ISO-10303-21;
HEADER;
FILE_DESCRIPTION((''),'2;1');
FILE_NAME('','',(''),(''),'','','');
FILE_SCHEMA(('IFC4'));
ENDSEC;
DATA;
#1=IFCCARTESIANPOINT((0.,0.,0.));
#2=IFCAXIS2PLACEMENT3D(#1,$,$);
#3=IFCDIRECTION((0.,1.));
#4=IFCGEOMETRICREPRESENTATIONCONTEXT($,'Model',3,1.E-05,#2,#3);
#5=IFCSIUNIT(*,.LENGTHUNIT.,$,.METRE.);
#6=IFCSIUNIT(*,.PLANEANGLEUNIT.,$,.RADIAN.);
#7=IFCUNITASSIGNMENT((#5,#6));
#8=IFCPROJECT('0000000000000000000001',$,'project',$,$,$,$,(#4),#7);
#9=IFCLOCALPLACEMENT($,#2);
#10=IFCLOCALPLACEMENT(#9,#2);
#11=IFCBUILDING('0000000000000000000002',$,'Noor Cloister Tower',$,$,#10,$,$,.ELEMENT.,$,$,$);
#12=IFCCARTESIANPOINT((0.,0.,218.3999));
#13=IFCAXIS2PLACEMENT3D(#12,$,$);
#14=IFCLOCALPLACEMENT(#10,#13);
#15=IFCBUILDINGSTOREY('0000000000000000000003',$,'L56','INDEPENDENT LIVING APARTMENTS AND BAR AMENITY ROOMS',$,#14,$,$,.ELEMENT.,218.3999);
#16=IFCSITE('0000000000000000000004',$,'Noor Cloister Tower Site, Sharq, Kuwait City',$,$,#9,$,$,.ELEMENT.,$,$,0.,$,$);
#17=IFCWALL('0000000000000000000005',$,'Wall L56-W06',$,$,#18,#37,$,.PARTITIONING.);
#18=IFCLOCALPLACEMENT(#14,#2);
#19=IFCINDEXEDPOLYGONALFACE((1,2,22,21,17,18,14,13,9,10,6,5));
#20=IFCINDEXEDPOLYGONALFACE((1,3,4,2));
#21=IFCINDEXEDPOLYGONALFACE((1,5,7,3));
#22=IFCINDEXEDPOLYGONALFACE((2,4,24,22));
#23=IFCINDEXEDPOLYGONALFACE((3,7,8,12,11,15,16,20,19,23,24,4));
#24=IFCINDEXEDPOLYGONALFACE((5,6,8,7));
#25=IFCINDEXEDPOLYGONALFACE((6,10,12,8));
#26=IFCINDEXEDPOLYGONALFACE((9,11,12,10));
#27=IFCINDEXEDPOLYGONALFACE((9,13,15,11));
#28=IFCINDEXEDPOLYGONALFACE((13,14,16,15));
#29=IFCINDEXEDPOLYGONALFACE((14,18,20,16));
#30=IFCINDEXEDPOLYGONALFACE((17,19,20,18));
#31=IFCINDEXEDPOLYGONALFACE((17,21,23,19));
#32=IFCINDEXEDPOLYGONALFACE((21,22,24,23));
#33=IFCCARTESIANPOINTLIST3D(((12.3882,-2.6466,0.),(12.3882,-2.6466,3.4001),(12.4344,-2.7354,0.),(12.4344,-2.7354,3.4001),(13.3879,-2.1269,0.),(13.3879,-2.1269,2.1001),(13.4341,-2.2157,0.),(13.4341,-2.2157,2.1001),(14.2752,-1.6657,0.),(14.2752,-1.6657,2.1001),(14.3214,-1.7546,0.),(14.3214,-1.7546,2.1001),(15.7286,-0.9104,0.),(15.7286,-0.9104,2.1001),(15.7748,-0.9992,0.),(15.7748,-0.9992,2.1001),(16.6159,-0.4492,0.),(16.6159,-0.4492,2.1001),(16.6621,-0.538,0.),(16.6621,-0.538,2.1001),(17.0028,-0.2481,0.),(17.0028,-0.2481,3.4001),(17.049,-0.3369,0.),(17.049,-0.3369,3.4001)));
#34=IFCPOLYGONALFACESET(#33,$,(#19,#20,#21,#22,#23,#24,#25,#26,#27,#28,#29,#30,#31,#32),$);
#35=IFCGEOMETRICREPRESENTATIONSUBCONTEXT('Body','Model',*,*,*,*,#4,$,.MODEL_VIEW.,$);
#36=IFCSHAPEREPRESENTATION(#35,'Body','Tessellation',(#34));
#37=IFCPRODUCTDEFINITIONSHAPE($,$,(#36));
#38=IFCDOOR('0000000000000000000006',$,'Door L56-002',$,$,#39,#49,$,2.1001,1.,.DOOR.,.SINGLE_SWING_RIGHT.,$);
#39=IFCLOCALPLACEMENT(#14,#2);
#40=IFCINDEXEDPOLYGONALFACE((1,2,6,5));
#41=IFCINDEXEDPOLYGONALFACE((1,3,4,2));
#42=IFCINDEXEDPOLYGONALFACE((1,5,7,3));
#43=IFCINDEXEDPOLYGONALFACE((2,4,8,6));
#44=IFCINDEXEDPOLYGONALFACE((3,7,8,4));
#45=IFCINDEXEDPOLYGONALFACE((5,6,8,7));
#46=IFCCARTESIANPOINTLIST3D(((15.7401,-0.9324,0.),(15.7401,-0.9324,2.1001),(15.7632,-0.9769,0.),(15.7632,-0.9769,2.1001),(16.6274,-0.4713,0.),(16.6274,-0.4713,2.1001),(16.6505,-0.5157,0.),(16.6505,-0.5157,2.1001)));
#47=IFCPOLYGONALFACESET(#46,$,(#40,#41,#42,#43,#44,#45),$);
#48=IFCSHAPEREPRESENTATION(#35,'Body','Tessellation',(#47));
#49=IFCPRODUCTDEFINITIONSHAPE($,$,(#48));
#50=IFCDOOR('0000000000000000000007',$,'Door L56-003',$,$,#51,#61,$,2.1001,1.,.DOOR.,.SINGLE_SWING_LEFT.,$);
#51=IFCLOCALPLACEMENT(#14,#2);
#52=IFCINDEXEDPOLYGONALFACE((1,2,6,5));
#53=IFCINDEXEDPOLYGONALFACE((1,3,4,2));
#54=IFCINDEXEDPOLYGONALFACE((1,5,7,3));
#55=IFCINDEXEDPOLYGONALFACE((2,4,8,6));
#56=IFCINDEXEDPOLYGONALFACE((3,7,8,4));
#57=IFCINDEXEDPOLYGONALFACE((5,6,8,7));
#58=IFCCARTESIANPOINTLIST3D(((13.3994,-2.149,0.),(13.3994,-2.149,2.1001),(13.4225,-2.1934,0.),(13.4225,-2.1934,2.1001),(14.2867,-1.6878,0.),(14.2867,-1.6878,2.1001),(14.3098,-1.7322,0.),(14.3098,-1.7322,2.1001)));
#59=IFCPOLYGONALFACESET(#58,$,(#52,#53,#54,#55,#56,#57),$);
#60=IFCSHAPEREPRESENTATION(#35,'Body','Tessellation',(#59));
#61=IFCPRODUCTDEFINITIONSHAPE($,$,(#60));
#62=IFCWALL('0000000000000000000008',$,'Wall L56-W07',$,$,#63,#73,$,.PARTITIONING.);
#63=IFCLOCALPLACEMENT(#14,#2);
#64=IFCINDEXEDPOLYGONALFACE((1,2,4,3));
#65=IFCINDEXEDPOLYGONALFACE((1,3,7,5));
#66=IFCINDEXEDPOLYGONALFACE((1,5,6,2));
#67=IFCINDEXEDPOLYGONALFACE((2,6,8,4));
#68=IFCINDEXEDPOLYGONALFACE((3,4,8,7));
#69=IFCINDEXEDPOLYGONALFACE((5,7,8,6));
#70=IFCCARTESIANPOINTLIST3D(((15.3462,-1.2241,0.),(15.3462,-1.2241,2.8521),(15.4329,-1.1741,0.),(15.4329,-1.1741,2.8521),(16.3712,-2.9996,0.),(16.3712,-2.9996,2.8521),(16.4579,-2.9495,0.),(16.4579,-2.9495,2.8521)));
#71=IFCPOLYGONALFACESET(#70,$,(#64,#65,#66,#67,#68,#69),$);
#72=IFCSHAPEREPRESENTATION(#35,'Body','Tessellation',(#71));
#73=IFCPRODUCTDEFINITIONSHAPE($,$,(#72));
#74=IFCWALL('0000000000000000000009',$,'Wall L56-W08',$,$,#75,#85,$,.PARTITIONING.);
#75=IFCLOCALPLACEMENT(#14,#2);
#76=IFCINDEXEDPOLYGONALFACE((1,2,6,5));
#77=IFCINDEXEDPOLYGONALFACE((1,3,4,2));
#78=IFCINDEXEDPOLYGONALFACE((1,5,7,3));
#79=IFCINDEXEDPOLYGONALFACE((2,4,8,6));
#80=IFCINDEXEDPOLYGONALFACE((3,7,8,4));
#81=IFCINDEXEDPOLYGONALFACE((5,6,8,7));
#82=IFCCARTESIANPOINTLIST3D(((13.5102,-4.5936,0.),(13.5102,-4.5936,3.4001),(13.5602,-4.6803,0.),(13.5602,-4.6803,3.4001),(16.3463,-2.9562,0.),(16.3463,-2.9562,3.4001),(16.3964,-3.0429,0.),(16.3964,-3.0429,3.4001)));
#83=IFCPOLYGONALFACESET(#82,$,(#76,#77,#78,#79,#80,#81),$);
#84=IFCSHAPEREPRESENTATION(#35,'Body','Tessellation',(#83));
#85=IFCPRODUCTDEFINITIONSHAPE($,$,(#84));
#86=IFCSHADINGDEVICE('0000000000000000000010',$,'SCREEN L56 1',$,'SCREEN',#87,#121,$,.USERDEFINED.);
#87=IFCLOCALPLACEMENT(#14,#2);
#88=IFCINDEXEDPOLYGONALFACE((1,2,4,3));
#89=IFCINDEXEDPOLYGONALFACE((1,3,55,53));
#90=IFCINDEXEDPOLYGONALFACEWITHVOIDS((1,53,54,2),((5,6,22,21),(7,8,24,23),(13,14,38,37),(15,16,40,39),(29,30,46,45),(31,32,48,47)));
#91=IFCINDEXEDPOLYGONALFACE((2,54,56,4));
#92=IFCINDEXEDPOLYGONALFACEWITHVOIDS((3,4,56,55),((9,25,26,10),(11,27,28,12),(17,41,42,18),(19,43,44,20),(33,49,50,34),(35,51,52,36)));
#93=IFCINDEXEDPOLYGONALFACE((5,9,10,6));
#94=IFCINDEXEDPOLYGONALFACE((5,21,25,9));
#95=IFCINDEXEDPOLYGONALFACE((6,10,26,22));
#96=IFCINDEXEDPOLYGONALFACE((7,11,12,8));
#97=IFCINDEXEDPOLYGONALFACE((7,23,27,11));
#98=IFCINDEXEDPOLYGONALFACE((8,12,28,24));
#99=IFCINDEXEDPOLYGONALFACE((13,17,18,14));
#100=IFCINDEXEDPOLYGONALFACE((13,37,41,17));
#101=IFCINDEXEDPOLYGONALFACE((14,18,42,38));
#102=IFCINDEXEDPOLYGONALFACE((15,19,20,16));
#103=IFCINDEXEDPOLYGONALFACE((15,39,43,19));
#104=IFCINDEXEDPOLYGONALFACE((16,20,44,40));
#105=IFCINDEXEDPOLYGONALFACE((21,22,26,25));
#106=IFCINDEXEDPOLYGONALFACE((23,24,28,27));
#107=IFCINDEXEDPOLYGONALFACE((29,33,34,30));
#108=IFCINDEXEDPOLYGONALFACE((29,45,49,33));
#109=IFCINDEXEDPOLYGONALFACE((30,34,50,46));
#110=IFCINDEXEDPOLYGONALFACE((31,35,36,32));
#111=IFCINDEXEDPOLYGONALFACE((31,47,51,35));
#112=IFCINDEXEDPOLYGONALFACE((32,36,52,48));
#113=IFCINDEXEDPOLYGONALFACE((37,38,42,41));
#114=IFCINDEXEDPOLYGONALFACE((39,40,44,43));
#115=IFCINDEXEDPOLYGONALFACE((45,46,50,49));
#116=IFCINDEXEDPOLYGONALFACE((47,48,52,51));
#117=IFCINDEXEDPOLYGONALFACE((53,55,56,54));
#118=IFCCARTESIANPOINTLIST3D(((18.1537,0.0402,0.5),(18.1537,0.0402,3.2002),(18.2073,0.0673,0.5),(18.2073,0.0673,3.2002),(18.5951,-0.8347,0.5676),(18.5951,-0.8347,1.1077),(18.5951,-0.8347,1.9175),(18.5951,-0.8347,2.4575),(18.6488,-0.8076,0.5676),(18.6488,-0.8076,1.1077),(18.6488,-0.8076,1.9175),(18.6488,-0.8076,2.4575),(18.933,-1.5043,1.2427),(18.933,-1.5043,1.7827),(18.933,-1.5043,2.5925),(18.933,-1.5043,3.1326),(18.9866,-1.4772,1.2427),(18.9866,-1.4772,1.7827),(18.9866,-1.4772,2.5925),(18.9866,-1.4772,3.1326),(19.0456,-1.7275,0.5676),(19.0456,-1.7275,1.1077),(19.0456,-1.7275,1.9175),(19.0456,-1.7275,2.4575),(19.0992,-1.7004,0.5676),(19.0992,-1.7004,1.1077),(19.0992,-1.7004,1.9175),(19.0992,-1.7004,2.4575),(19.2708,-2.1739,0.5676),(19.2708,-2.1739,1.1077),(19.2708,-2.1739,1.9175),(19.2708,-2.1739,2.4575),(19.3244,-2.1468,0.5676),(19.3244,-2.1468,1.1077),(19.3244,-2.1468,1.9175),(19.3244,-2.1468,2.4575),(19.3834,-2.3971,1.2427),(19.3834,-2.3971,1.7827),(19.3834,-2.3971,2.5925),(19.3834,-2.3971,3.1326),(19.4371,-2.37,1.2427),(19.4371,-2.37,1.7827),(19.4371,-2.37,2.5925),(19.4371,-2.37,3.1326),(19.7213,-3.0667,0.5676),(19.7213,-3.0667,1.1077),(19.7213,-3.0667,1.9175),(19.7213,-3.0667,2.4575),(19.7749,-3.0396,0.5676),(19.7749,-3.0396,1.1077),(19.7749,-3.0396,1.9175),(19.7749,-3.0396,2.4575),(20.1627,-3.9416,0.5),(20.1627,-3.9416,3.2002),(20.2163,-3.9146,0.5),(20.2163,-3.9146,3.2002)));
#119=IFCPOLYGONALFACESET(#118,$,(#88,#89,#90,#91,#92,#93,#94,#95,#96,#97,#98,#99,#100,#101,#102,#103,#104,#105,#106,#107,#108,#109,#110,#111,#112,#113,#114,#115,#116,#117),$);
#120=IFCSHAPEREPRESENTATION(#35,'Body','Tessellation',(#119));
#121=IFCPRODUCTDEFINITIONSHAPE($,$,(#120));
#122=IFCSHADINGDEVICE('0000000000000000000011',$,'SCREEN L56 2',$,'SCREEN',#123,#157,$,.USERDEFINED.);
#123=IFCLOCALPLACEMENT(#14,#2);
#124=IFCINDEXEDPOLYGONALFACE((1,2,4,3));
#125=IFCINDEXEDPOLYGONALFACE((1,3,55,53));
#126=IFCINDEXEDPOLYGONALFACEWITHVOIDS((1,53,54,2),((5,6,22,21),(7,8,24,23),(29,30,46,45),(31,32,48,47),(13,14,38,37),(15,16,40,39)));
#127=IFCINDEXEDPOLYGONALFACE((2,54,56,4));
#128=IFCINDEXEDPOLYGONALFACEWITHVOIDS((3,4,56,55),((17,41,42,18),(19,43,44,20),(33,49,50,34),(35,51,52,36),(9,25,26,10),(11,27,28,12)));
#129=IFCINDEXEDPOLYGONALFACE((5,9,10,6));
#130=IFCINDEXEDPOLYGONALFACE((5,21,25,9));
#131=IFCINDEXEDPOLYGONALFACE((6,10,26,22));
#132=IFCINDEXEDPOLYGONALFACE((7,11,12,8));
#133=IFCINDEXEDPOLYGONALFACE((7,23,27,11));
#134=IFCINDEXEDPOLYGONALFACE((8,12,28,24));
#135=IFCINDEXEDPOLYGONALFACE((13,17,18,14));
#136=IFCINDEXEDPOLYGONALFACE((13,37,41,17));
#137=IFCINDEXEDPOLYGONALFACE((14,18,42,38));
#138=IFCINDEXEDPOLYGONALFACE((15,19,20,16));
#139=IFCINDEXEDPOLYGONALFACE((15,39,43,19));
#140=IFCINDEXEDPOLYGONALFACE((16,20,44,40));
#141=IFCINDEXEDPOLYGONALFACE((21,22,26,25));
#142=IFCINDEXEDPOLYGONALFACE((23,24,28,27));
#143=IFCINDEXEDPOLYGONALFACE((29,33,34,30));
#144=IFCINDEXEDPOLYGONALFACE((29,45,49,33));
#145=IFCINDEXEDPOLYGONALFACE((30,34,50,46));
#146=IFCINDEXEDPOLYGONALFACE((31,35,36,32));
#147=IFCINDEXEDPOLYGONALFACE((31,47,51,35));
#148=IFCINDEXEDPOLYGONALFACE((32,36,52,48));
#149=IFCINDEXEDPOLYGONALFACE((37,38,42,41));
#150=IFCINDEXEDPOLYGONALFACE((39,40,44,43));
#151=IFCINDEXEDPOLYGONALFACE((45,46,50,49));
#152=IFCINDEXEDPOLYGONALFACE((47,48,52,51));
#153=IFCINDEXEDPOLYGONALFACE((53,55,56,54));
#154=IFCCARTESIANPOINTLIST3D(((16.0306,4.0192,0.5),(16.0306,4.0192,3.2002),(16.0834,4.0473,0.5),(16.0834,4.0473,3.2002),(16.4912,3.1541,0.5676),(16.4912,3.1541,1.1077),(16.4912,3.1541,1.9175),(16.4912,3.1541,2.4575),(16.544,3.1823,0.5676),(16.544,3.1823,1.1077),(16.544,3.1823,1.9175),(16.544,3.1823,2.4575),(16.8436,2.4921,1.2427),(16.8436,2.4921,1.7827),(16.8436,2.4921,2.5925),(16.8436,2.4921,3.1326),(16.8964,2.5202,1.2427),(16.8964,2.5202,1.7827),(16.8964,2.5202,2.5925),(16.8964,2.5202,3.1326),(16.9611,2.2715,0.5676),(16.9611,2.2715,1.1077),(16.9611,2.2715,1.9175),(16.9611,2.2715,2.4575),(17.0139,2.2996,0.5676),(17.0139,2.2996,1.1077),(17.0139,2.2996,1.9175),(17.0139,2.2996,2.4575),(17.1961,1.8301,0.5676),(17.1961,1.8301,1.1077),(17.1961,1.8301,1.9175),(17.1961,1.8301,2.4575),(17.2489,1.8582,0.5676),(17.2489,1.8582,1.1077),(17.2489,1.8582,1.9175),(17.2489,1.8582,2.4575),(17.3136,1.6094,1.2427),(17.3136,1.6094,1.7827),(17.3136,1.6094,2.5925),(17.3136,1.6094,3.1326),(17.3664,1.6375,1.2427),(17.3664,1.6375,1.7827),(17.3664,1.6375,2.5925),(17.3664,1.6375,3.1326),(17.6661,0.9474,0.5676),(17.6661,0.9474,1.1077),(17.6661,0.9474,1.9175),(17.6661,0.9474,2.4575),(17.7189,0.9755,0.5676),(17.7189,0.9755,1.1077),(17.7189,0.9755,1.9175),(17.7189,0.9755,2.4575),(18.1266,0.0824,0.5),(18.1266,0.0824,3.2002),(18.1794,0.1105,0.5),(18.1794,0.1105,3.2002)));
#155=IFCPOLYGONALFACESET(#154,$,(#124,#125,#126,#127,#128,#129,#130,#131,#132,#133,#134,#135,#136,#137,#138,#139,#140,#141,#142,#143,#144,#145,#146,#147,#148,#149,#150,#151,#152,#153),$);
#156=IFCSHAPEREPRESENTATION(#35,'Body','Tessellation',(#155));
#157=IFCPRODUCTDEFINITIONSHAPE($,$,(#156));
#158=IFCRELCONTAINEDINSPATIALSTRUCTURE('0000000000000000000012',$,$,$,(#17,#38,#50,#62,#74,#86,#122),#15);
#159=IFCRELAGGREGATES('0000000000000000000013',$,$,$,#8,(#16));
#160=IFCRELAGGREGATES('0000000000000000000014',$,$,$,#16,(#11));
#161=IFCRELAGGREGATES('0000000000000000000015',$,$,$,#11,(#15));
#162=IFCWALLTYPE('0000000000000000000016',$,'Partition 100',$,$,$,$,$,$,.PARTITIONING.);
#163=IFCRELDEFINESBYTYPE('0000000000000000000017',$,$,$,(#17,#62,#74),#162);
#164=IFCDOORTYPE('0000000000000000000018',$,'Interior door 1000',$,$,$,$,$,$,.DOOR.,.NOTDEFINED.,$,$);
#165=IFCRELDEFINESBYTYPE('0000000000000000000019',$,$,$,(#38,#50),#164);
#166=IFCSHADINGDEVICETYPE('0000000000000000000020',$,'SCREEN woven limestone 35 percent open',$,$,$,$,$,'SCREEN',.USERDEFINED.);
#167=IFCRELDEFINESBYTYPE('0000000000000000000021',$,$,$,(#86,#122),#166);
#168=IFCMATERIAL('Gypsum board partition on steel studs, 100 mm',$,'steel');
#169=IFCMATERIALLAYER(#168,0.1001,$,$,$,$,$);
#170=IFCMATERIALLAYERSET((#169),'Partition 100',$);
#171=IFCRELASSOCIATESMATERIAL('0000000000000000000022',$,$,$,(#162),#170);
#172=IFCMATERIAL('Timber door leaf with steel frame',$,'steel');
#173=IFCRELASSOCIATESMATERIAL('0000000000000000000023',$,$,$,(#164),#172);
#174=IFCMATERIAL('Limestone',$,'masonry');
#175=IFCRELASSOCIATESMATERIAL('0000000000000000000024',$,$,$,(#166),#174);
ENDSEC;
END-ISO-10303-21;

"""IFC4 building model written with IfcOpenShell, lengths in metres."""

from ifc_helpers import new_model, si_unit, direction, frame, frame_2d, origin, place, context, subcontext, project, spatial, polyline, rectangle, outline, extrude, material, layer, layer_set, material_profile, profile_set, type_object, element, fill, save


model = new_model("IFC4")

# Units and contexts
model_context = context("Model", 3, precision=1e-05, world=origin(), true_north=direction((0.0, 1.0)))
body_context = subcontext(model_context, "Body", "Model", "MODEL_VIEW")
ifc_project = project(units=[si_unit("LENGTHUNIT", "METRE"), si_unit("PLANEANGLEUNIT", "RADIAN")], contexts=[model_context])

# Site, building, storey
site_placement = place(None, origin())
site = spatial("IfcSite", under=ifc_project, at=site_placement, Name="Noor Cloister Tower Site, Sharq, Kuwait City", CompositionType="ELEMENT", RefElevation=0.0)
building_placement = place(site_placement, origin())
building = spatial("IfcBuilding", under=site, at=building_placement, Name="Noor Cloister Tower", CompositionType="ELEMENT")
storey_placement = place(building_placement, frame((0.0, 0.0, 218.3999)))
storey = spatial("IfcBuildingStorey", under=building, at=storey_placement, Name="L56", Description="INDEPENDENT LIVING APARTMENTS AND BAR AMENITY ROOMS", CompositionType="ELEMENT", Elevation=218.3999)

# Wall, openings, doors
ifc_material_1 = material(Name="Gypsum board partition on steel studs, 100 mm", Category="steel")
ifc_layer_1 = layer(ifc_material_1, 0.1001)
ifc_layer_set_1 = layer_set([ifc_layer_1], Name="Partition 100")
wall_type_1 = type_object("IfcWallType", Name="Partition 100", PredefinedType="PARTITIONING", material=ifc_layer_set_1)
wall_1_placement = place(storey_placement, frame((17.0259, -0.2925, 0.0), z_axis=(0.0, 0.0, 1.0), x_axis=(-0.887304, -0.461186, 0.0)))
wall_1 = element("IfcWall", 1, at=wall_1_placement, inside=storey, type_object=wall_type_1, Name="Wall L56-W06", PredefinedType="PARTITIONING", context=body_context, shape_type="SweptSolid", body=[
    extrude(rectangle(XDim=5.2007, YDim=0.1001, at=frame_2d((2.6003, 0.0))), origin(), (0.0, 0.0, 1.0), 3.4001),
])
opening_1_placement = place(wall_1_placement, frame((0.436, 0.0, 0.0)))
opening_1 = element("IfcOpeningElement", 2, at=opening_1_placement, cuts=wall_1, PredefinedType="OPENING", context=body_context, shape_type="SweptSolid", body=[
    extrude(rectangle(XDim=1.0, YDim=2.1001, at=frame_2d((0.5, 1.05))), frame((0.0, 0.0601, 0.0), z_axis=(0.0, -1.0, 0.0), x_axis=(1.0, 0.0, 0.0)), (0.0, 0.0, 1.0), 0.1201),
])
opening_2_placement = place(wall_1_placement, frame((3.074, 0.0, 0.0)))
opening_2 = element("IfcOpeningElement", 3, at=opening_2_placement, cuts=wall_1, PredefinedType="OPENING", context=body_context, shape_type="SweptSolid", body=[
    extrude(rectangle(XDim=1.0, YDim=2.1001, at=frame_2d((0.5, 1.05))), frame((0.0, 0.0601, 0.0), z_axis=(0.0, -1.0, 0.0), x_axis=(1.0, 0.0, 0.0)), (0.0, 0.0, 1.0), 0.1201),
])
ifc_material_2 = material(Name="Timber door leaf with steel frame", Category="steel")
door_type_1 = type_object("IfcDoorType", Name="Interior door 1000", OperationType="NOTDEFINED", PredefinedType="DOOR", material=ifc_material_2)
door_1_placement = place(opening_1_placement, origin())
door_1 = element("IfcDoor", 4, at=door_1_placement, inside=storey, type_object=door_type_1, Name="Door L56-002", OperationType="SINGLE_SWING_RIGHT", OverallHeight=2.1001, OverallWidth=1.0, PredefinedType="DOOR", context=body_context, shape_type="SweptSolid", body=[
    extrude(rectangle(XDim=1.0, YDim=2.1001, at=frame_2d((0.5, 1.05))), frame((0.0, 0.0249, 0.0), z_axis=(0.0, -1.0, 0.0), x_axis=(1.0, 0.0, 0.0)), (0.0, 0.0, 1.0), 0.05),
])
fill(opening_1, door_1)
door_2_placement = place(opening_2_placement, origin())
door_2 = element("IfcDoor", 5, at=door_2_placement, inside=storey, type_object=door_type_1, Name="Door L56-003", OperationType="SINGLE_SWING_LEFT", OverallHeight=2.1001, OverallWidth=1.0, PredefinedType="DOOR", context=body_context, shape_type="SweptSolid", body=[
    extrude(rectangle(XDim=1.0, YDim=2.1001, at=frame_2d((0.5, 1.05))), frame((0.0, 0.0249, 0.0), z_axis=(0.0, -1.0, 0.0), x_axis=(1.0, 0.0, 0.0)), (0.0, 0.0, 1.0), 0.05),
])
fill(opening_2, door_2)

# Walls
wall_2_placement = place(storey_placement, frame((15.3896, -1.1992, 0.0), z_axis=(0.0, 0.0, 1.0), x_axis=(0.499956, -0.866051, 0.0)))
element("IfcWall", 6, at=wall_2_placement, inside=storey, type_object=wall_type_1, Name="Wall L56-W07", PredefinedType="PARTITIONING", context=body_context, shape_type="SweptSolid", body=[
    extrude(rectangle(XDim=2.05, YDim=0.1001, at=frame_2d((1.0249, 0.0))), origin(), (0.0, 0.0, 1.0), 2.8521),
])
wall_3_placement = place(storey_placement, frame((16.3713, -2.9995, 0.0), z_axis=(0.0, 0.0, 1.0), x_axis=(-0.866028, -0.499996, 0.0)))
element("IfcWall", 7, at=wall_3_placement, inside=storey, type_object=wall_type_1, Name="Wall L56-W08", PredefinedType="PARTITIONING", context=body_context, shape_type="SweptSolid", body=[
    extrude(rectangle(XDim=3.2749, YDim=0.1001, at=frame_2d((1.6375, 0.0))), origin(), (0.0, 0.0, 1.0), 3.4001),
])

# Shading devices
ifc_material_3 = material(Name="Limestone", Category="masonry")
ifc_material_profile_1 = material_profile(ifc_material_3, outline(polyline([(-2.23, -1.3501), (2.23, -1.3501), (2.23, 1.3501), (-2.23, 1.3501), (-2.23, -1.3501)]), holes=[polyline([(-1.25, -1.2825), (-0.25, -1.2825), (-0.25, -0.7424), (-1.25, -0.7424), (-1.25, -1.2825)]), polyline([(0.25, -1.2825), (1.25, -1.2825), (1.25, -0.7424), (0.25, -0.7424), (0.25, -1.2825)]), polyline([(-0.5, -0.6074), (0.5, -0.6074), (0.5, -0.0674), (-0.5, -0.0674), (-0.5, -0.6074)]), polyline([(-1.25, 0.0674), (-0.25, 0.0674), (-0.25, 0.6074), (-1.25, 0.6074), (-1.25, 0.0674)]), polyline([(0.25, 0.0674), (1.25, 0.0674), (1.25, 0.6074), (0.25, 0.6074), (0.25, 0.0674)]), polyline([(-0.5, 0.7424), (0.5, 0.7424), (0.5, 1.2825), (-0.5, 1.2825), (-0.5, 0.7424)])]), Name="Woven screen 35 percent open")
ifc_profile_set_1 = profile_set([ifc_material_profile_1], Name="Limestone")
shading_device_type = type_object("IfcShadingDeviceType", Name="SCREEN woven limestone 35 percent open", ElementType="SCREEN", PredefinedType="USERDEFINED", material=ifc_profile_set_1)
shading_device_1_placement = place(storey_placement, frame((19.1582, -1.9507, 1.8501), z_axis=(0.892798, 0.450457, 0.0), x_axis=(-0.450457, 0.892798, 0.0)))
element("IfcShadingDevice", 8, at=shading_device_1_placement, inside=storey, type_object=shading_device_type, Name="SCREEN L56 1", ObjectType="SCREEN", PredefinedType="USERDEFINED", context=body_context, shape_type="SweptSolid", body=[
    extrude(outline(polyline([(-2.23, -1.3501), (2.23, -1.3501), (2.23, 1.3501), (-2.23, 1.3501), (-2.23, -1.3501)]), holes=[polyline([(-1.25, -1.2825), (-0.25, -1.2825), (-0.25, -0.7424), (-1.25, -0.7424), (-1.25, -1.2825)]), polyline([(0.25, -1.2825), (1.25, -1.2825), (1.25, -0.7424), (0.25, -0.7424), (0.25, -1.2825)]), polyline([(-0.5, -0.6074), (0.5, -0.6074), (0.5, -0.0674), (-0.5, -0.0674), (-0.5, -0.6074)]), polyline([(-1.25, 0.0674), (-0.25, 0.0674), (-0.25, 0.6074), (-1.25, 0.6074), (-1.25, 0.0674)]), polyline([(0.25, 0.0674), (1.25, 0.0674), (1.25, 0.6074), (0.25, 0.6074), (0.25, 0.0674)]), polyline([(-0.5, 0.7424), (0.5, 0.7424), (0.5, 1.2825), (-0.5, 1.2825), (-0.5, 0.7424)])]), origin(), (0.0, 0.0, 1.0), 0.0601),
])
shading_device_2_placement = place(storey_placement, frame((17.0786, 2.0508, 1.8501), z_axis=(0.882692, 0.469952, 0.0), x_axis=(-0.469952, 0.882692, 0.0)))
element("IfcShadingDevice", 9, at=shading_device_2_placement, inside=storey, type_object=shading_device_type, Name="SCREEN L56 2", ObjectType="SCREEN", PredefinedType="USERDEFINED", context=body_context, shape_type="SweptSolid", body=[
    extrude(outline(polyline([(-2.23, -1.3501), (2.23, -1.3501), (2.23, 1.3501), (-2.23, 1.3501), (-2.23, -1.3501)]), holes=[polyline([(-1.25, -1.2825), (-0.25, -1.2825), (-0.25, -0.7424), (-1.25, -0.7424), (-1.25, -1.2825)]), polyline([(0.25, -1.2825), (1.25, -1.2825), (1.25, -0.7424), (0.25, -0.7424), (0.25, -1.2825)]), polyline([(-0.5, -0.6074), (0.5, -0.6074), (0.5, -0.0674), (-0.5, -0.0674), (-0.5, -0.6074)]), polyline([(-1.25, 0.0674), (-0.25, 0.0674), (-0.25, 0.6074), (-1.25, 0.6074), (-1.25, 0.0674)]), polyline([(0.25, 0.0674), (1.25, 0.0674), (1.25, 0.6074), (0.25, 0.6074), (0.25, 0.0674)]), polyline([(-0.5, 0.7424), (0.5, 0.7424), (0.5, 1.2825), (-0.5, 1.2825), (-0.5, 0.7424)])]), origin(), (0.0, 0.0, 1.0), 0.0598),
])

save(model, "model.ifc")
